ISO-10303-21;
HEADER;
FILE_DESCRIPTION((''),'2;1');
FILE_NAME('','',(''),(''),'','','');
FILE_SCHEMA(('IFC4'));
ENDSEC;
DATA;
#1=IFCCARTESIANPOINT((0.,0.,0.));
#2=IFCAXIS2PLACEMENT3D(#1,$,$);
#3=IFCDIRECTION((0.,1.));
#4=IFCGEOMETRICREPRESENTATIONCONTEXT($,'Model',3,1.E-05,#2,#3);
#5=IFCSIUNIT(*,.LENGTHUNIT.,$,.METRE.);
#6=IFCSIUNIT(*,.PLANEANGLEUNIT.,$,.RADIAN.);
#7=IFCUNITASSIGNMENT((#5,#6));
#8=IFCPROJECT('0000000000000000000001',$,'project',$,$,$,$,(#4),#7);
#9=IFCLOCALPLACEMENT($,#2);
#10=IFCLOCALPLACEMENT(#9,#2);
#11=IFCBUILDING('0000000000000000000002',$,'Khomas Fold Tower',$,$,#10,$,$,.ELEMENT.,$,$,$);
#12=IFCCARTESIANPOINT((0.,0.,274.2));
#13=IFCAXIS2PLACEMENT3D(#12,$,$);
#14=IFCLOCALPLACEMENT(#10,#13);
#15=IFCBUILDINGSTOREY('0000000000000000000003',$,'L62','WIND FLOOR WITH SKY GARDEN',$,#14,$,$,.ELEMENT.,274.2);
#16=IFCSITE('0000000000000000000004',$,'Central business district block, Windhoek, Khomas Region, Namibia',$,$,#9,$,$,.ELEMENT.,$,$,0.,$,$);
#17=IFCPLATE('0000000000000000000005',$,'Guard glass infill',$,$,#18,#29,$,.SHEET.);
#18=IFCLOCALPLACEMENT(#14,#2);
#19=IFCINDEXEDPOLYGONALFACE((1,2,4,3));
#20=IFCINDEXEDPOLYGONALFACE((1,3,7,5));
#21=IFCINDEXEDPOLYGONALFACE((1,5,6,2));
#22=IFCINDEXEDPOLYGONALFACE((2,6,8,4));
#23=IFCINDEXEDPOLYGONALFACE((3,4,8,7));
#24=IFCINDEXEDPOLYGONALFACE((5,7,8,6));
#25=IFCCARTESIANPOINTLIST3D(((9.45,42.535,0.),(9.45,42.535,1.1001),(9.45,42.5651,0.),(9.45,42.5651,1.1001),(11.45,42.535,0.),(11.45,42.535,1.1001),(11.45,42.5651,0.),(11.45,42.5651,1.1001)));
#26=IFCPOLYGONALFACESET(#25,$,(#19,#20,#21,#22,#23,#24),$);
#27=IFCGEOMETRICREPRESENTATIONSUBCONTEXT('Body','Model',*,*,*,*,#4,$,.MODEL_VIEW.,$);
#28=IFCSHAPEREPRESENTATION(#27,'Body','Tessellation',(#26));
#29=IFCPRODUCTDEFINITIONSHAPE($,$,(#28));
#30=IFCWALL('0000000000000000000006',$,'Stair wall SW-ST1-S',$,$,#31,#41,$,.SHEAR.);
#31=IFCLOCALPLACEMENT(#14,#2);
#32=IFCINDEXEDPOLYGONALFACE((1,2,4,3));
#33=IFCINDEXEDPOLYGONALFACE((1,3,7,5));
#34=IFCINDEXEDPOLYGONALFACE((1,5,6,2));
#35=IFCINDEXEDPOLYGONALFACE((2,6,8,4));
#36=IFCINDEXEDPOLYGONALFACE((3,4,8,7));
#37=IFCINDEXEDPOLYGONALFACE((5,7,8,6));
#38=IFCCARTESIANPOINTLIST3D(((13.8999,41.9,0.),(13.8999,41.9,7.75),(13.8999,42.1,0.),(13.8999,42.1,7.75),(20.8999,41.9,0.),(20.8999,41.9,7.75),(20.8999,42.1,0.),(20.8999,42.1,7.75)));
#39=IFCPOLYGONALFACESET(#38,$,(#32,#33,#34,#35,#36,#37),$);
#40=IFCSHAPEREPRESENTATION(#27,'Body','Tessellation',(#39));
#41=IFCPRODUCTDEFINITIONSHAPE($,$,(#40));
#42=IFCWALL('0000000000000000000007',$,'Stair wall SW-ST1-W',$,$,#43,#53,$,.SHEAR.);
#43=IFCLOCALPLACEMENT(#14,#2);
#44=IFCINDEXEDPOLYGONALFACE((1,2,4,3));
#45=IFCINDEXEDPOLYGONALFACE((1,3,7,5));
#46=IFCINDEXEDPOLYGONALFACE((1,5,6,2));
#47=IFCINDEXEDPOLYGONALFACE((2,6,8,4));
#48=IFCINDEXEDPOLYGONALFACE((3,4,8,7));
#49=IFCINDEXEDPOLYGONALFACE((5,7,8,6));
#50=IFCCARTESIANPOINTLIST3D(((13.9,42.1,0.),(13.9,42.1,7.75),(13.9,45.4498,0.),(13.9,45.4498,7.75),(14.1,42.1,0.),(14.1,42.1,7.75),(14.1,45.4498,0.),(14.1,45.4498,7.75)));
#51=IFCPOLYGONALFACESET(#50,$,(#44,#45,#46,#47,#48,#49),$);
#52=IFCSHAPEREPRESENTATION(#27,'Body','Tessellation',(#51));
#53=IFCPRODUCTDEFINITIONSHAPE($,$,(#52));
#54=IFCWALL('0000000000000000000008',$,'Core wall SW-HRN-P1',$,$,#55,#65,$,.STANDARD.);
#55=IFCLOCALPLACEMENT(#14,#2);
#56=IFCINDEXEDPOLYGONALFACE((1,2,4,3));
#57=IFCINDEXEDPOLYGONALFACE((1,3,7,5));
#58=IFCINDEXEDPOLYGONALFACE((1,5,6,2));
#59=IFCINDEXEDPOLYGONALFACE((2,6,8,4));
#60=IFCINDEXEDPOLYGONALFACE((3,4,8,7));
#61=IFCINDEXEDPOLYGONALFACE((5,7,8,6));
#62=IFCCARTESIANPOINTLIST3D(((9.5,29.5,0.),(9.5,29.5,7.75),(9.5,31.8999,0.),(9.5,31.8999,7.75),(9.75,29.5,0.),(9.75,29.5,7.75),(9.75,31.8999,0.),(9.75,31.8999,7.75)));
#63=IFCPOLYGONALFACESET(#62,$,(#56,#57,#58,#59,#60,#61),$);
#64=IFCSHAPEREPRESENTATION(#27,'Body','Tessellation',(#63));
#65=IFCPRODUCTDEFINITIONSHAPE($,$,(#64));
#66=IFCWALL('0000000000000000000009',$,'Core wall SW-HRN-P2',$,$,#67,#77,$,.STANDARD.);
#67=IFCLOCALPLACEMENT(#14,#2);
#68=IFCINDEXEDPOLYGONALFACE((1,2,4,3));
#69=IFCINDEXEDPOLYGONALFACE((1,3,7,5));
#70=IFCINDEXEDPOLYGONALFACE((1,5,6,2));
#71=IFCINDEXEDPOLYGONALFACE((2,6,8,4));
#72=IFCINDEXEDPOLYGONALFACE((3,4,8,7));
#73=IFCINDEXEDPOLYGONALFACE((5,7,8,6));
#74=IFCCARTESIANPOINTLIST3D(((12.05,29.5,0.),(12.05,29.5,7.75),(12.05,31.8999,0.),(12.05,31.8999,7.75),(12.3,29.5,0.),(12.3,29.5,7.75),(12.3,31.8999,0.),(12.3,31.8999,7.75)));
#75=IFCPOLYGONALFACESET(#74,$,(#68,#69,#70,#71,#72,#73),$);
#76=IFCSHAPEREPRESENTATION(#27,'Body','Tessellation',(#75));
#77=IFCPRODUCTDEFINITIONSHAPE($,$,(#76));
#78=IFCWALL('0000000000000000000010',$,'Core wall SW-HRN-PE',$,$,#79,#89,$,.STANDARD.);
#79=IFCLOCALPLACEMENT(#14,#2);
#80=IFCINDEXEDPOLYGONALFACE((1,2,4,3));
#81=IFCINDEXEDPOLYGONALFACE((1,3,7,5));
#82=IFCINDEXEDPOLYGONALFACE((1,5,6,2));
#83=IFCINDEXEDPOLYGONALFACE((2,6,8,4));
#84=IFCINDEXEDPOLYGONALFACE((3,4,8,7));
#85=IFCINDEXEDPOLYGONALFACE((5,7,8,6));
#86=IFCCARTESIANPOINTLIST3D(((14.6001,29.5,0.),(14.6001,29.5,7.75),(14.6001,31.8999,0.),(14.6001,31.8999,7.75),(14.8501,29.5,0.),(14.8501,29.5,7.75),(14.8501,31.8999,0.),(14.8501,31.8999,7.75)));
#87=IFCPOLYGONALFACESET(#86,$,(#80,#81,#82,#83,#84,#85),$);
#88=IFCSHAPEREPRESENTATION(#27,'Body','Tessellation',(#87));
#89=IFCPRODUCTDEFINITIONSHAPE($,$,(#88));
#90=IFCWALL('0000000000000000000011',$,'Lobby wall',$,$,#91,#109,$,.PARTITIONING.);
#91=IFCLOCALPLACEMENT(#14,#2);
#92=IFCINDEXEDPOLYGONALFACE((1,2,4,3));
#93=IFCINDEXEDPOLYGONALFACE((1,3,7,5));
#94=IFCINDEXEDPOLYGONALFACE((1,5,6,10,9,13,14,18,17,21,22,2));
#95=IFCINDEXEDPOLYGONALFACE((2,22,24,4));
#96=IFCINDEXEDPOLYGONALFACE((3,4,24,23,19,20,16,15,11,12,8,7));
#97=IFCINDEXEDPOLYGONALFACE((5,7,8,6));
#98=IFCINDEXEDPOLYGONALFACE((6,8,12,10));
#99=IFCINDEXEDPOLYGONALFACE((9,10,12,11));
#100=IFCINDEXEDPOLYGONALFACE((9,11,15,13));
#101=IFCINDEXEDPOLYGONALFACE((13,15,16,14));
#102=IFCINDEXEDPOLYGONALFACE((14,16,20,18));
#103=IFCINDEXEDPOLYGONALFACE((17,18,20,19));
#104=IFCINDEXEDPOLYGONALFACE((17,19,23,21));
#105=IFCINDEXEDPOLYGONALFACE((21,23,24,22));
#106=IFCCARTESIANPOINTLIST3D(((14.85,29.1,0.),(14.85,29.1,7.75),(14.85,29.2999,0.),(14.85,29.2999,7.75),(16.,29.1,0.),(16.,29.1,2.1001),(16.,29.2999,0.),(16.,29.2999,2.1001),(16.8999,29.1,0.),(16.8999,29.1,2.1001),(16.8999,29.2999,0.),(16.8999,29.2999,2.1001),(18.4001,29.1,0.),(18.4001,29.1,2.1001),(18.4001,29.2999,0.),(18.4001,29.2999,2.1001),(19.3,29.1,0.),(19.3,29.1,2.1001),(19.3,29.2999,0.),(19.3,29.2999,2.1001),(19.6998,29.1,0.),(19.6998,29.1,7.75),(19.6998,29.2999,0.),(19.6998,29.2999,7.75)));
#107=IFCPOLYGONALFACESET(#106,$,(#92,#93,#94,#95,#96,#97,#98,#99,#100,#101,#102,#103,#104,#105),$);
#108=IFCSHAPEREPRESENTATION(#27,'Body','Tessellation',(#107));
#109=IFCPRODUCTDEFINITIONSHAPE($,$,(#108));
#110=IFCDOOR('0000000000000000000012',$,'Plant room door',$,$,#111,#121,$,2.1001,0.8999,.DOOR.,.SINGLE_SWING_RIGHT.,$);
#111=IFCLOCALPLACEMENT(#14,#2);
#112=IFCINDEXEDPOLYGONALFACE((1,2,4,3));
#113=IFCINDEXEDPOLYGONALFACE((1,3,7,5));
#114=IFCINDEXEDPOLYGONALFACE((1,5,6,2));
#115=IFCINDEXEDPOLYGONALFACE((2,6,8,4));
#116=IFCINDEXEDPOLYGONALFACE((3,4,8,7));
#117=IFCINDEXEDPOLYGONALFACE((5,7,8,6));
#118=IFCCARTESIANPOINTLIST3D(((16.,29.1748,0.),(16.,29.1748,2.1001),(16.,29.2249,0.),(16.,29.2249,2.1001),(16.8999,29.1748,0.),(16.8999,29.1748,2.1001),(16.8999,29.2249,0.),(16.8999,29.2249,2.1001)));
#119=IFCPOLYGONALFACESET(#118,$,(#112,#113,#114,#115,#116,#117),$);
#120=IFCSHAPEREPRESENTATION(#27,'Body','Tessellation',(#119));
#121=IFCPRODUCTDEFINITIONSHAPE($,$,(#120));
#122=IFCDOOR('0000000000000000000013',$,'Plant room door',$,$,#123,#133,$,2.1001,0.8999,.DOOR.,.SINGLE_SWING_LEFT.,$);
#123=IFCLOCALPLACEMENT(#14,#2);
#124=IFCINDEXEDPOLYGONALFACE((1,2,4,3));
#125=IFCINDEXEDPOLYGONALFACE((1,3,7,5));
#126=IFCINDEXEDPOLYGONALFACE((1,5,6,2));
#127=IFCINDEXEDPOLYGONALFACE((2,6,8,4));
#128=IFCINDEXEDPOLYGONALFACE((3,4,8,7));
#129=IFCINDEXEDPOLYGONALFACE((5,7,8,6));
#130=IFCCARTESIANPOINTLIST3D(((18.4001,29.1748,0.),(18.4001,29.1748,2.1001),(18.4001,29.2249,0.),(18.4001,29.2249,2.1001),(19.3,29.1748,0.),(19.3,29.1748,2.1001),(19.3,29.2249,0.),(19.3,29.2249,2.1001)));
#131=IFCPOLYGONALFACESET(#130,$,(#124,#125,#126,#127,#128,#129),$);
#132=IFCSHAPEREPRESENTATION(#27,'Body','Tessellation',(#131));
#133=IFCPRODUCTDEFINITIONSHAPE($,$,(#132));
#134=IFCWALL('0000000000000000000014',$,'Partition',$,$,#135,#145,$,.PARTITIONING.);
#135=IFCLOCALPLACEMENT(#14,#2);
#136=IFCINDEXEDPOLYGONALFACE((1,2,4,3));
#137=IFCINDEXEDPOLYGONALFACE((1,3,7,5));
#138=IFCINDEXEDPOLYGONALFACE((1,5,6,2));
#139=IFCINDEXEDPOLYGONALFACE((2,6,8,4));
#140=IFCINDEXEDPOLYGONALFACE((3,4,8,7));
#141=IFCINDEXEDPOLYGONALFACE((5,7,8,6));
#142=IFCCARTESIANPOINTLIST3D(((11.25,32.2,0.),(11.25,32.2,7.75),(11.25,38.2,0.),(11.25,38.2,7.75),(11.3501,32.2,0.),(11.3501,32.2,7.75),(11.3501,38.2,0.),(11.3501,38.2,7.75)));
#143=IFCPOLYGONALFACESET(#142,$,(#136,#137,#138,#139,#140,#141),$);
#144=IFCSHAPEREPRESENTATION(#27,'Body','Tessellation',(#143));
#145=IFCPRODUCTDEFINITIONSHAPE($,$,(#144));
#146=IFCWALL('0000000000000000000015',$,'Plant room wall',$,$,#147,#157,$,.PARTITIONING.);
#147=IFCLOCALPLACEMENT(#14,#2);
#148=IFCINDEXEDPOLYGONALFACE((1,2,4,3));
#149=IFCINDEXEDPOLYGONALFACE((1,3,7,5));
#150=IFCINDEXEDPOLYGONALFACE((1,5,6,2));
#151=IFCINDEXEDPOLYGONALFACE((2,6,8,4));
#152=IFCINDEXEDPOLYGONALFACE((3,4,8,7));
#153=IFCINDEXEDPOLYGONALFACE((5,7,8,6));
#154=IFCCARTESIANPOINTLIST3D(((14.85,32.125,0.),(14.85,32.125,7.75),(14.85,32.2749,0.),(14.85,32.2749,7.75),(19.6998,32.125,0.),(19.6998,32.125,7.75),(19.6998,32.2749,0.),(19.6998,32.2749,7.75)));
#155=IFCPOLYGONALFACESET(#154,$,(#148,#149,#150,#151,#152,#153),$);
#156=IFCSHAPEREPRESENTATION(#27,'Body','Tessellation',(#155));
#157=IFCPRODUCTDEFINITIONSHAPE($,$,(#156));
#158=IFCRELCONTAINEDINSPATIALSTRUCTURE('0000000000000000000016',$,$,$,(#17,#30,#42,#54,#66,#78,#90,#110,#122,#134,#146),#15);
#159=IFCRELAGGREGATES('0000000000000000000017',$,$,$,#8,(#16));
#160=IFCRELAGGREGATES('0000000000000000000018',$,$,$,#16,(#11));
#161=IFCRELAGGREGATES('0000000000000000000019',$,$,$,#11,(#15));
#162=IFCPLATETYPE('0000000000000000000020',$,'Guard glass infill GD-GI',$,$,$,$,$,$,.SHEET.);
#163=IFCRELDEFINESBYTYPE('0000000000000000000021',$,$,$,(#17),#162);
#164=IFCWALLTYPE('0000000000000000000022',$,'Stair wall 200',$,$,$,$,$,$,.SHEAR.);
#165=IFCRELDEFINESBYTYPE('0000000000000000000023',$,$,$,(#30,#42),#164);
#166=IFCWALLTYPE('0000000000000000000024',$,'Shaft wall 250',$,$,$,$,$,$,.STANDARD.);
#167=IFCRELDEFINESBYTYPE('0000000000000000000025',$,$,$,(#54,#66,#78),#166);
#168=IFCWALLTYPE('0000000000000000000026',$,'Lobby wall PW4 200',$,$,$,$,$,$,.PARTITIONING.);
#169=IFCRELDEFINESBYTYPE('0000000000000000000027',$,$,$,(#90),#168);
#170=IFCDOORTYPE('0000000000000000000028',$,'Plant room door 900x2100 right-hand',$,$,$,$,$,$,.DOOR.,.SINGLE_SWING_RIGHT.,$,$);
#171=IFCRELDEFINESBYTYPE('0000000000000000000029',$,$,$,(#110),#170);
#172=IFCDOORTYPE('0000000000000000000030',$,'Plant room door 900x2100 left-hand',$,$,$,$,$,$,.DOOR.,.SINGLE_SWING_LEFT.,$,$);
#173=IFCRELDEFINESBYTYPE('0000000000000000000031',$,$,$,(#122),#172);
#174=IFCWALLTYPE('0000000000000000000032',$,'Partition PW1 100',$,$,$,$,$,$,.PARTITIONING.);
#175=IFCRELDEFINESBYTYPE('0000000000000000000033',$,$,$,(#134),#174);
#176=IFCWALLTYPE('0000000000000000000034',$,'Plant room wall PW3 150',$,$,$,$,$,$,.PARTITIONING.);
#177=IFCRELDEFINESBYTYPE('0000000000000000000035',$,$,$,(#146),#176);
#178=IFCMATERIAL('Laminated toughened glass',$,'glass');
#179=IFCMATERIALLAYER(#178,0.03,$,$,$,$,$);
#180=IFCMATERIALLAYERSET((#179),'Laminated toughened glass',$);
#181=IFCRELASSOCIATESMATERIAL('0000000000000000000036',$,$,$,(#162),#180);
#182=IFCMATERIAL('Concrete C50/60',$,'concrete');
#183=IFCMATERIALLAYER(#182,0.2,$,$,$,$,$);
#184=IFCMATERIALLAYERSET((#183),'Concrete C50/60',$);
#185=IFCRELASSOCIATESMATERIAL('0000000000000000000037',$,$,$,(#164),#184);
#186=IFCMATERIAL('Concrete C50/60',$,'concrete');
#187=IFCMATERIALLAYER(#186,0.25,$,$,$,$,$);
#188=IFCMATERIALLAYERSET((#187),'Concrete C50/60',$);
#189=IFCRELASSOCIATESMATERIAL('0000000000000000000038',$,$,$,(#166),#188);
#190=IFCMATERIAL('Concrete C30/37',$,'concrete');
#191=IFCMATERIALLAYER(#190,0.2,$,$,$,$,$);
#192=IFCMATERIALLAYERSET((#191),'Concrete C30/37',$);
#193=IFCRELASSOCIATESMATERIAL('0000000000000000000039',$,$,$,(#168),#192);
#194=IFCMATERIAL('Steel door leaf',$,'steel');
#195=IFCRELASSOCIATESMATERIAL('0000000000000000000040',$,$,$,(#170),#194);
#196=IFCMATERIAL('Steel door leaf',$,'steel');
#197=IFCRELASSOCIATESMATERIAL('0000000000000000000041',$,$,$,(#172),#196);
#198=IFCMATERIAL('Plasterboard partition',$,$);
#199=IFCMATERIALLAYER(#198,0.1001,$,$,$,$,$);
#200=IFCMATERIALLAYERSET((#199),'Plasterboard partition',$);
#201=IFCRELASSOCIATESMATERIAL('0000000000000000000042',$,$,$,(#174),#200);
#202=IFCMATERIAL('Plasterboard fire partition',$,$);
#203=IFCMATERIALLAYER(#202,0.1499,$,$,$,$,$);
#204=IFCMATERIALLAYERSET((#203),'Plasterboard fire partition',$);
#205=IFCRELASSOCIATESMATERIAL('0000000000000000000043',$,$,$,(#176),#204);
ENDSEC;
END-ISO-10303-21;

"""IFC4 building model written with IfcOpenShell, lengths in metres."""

from ifc_helpers import new_model, si_unit, direction, frame, frame_2d, origin, origin_2d, place, context, subcontext, project, spatial, rectangle, extrude, source, transform, mapped, material, layer, layer_set, type_object, element, fill, save


model = new_model("IFC4")

# Units and contexts
model_context = context("Model", 3, precision=1e-05, world=origin(), true_north=direction((0.0, 1.0)))
body_context = subcontext(model_context, "Body", "Model", "MODEL_VIEW")
ifc_project = project(units=[si_unit("LENGTHUNIT", "METRE"), si_unit("PLANEANGLEUNIT", "RADIAN")], contexts=[model_context])

# Site, building, storey
site_placement = place(None, origin())
site = spatial("IfcSite", under=ifc_project, at=site_placement, Name="Central business district block, Windhoek, Khomas Region, Namibia", CompositionType="ELEMENT", RefElevation=0.0)
building_placement = place(site_placement, origin())
building = spatial("IfcBuilding", under=site, at=building_placement, Name="Khomas Fold Tower", CompositionType="ELEMENT")
storey_placement = place(building_placement, frame((0.0, 0.0, 274.2)))
storey = spatial("IfcBuildingStorey", under=building, at=storey_placement, Name="L62", Description="WIND FLOOR WITH SKY GARDEN", CompositionType="ELEMENT", Elevation=274.2)

# Plate
ifc_material_1 = material(Name="Laminated toughened glass", Category="glass")
ifc_layer_1 = layer(ifc_material_1, 0.03)
ifc_layer_set_1 = layer_set([ifc_layer_1], Name="Laminated toughened glass")
plate_type = type_object("IfcPlateType", Name="Guard glass infill GD-GI", PredefinedType="SHEET", material=ifc_layer_set_1)
shared_shape_1 = source(origin(), body_context, "Body", "SweptSolid", [
    extrude(rectangle(XDim=2.0, YDim=0.03, at=origin_2d()), origin(), (0.0, 0.0, 1.0), 1.1001),
])
plate_1_placement = place(storey_placement, frame((10.45, 42.55, 0.0), z_axis=(0.0, 0.0, 1.0), x_axis=(1.0, 0.0, 0.0)))
element("IfcPlate", 1, at=plate_1_placement, inside=storey, type_object=plate_type, Name="Guard glass infill", PredefinedType="SHEET", context=body_context, shape_type="MappedRepresentation", body=[
    mapped(shared_shape_1, transform((0.0, 0.0, 0.0))),
])

# Walls
ifc_material_2 = material(Name="Concrete C50/60", Category="concrete")
ifc_layer_2 = layer(ifc_material_2, 0.2)
ifc_layer_set_2 = layer_set([ifc_layer_2], Name="Concrete C50/60")
wall_type_1 = type_object("IfcWallType", Name="Stair wall 200", PredefinedType="SHEAR", material=ifc_layer_set_2)
shared_shape_2 = source(origin(), body_context, "Body", "SweptSolid", [
    extrude(rectangle(XDim=7.0, YDim=0.2, at=frame_2d((3.5, 0.0))), origin(), (0.0, 0.0, 1.0), 7.75),
])
wall_1_placement = place(storey_placement, frame((13.8999, 42.0, 0.0), z_axis=(0.0, 0.0, 1.0), x_axis=(1.0, 0.0, 0.0)))
element("IfcWall", 2, at=wall_1_placement, inside=storey, type_object=wall_type_1, Name="Stair wall SW-ST1-S", PredefinedType="SHEAR", context=body_context, shape_type="MappedRepresentation", body=[
    mapped(shared_shape_2, transform((0.0, 0.0, 0.0))),
])
shared_shape_3 = source(origin(), body_context, "Body", "SweptSolid", [
    extrude(rectangle(XDim=3.3499, YDim=0.2, at=frame_2d((1.6748, 0.0))), origin(), (0.0, 0.0, 1.0), 7.75),
])
wall_2_placement = place(storey_placement, frame((14.0, 42.1001, 0.0), z_axis=(0.0, 0.0, 1.0), x_axis=(0.0, 1.0, 0.0)))
element("IfcWall", 3, at=wall_2_placement, inside=storey, type_object=wall_type_1, Name="Stair wall SW-ST1-W", PredefinedType="SHEAR", context=body_context, shape_type="MappedRepresentation", body=[
    mapped(shared_shape_3, transform((0.0, 0.0, 0.0))),
])
ifc_material_3 = material(Name="Concrete C50/60", Category="concrete")
ifc_layer_3 = layer(ifc_material_3, 0.25)
ifc_layer_set_3 = layer_set([ifc_layer_3], Name="Concrete C50/60")
wall_type_2 = type_object("IfcWallType", Name="Shaft wall 250", PredefinedType="STANDARD", material=ifc_layer_set_3)
shared_shape_4 = source(origin(), body_context, "Body", "SweptSolid", [
    extrude(rectangle(XDim=2.3999, YDim=0.25, at=frame_2d((1.2, 0.0))), origin(), (0.0, 0.0, 1.0), 7.75),
])
for number, where, z_axis, x_axis, name in (
    (4, (9.625, 29.5, 0.0), (0.0, 0.0, 1.0), (0.0, 1.0, 0.0), "Core wall SW-HRN-P1"),
    (5, (12.175, 29.5, 0.0), (0.0, 0.0, 1.0), (0.0, 1.0, 0.0), "Core wall SW-HRN-P2"),
    (6, (14.7251, 29.5, 0.0), (0.0, 0.0, 1.0), (0.0, 1.0, 0.0), "Core wall SW-HRN-PE"),
):
    element("IfcWall", number, at=place(storey_placement, frame(where, z_axis=z_axis, x_axis=x_axis)), inside=storey, type_object=wall_type_2, Name=name, PredefinedType="STANDARD", context=body_context, shape_type="MappedRepresentation", body=[
        mapped(shared_shape_4, transform((0.0, 0.0, 0.0))),
    ])

# Wall, openings, doors
ifc_material_4 = material(Name="Concrete C30/37", Category="concrete")
ifc_layer_4 = layer(ifc_material_4, 0.2)
ifc_layer_set_4 = layer_set([ifc_layer_4], Name="Concrete C30/37")
wall_type_3 = type_object("IfcWallType", Name="Lobby wall PW4 200", PredefinedType="PARTITIONING", material=ifc_layer_set_4)
shared_shape_5 = source(origin(), body_context, "Body", "SweptSolid", [
    extrude(rectangle(XDim=4.8499, YDim=0.2, at=frame_2d((2.4248, 0.0))), origin(), (0.0, 0.0, 1.0), 7.75),
])
wall_3_placement = place(storey_placement, frame((14.8501, 29.2, 0.0), z_axis=(0.0, 0.0, 1.0), x_axis=(1.0, 0.0, 0.0)))
wall_3 = element("IfcWall", 7, at=wall_3_placement, inside=storey, type_object=wall_type_3, Name="Lobby wall", PredefinedType="PARTITIONING", context=body_context, shape_type="MappedRepresentation", body=[
    mapped(shared_shape_5, transform((0.0, 0.0, 0.0))),
])
shared_shape_6 = source(origin(), body_context, "Body", "SweptSolid", [
    extrude(rectangle(XDim=0.8999, YDim=2.1001, at=frame_2d((0.45, 1.05))), frame((0.0, 0.1099, 0.0), z_axis=(0.0, -1.0, 0.0), x_axis=(1.0, 0.0, 0.0)), (0.0, 0.0, 1.0), 0.22),
])
opening_1_placement = place(wall_3_placement, frame((1.1499, 0.0, 0.0)))
opening_1 = element("IfcOpeningElement", 8, at=opening_1_placement, cuts=wall_3, PredefinedType="OPENING", context=body_context, shape_type="MappedRepresentation", body=[
    mapped(shared_shape_6, transform((0.0, 0.0, 0.0))),
])
opening_2_placement = place(wall_3_placement, frame((3.55, 0.0, 0.0)))
opening_2 = element("IfcOpeningElement", 9, at=opening_2_placement, cuts=wall_3, PredefinedType="OPENING", context=body_context, shape_type="MappedRepresentation", body=[
    mapped(shared_shape_6, transform((0.0, 0.0, 0.0))),
])
ifc_material_5 = material(Name="Steel door leaf", Category="steel")
door_type_1 = type_object("IfcDoorType", Name="Plant room door 900x2100 right-hand", OperationType="SINGLE_SWING_RIGHT", PredefinedType="DOOR", material=ifc_material_5)
shared_shape_7 = source(origin(), body_context, "Body", "SweptSolid", [
    extrude(rectangle(XDim=0.8999, YDim=2.1001, at=frame_2d((0.45, 1.05))), frame((0.0, 0.0249, 0.0), z_axis=(0.0, -1.0, 0.0), x_axis=(1.0, 0.0, 0.0)), (0.0, 0.0, 1.0), 0.05),
])
door_1_placement = place(opening_1_placement, origin())
door_1 = element("IfcDoor", 10, at=door_1_placement, inside=storey, type_object=door_type_1, Name="Plant room door", OperationType="SINGLE_SWING_RIGHT", OverallHeight=2.1001, OverallWidth=0.8999, PredefinedType="DOOR", context=body_context, shape_type="MappedRepresentation", body=[
    mapped(shared_shape_7, transform((0.0, 0.0, 0.0))),
])
fill(opening_1, door_1)
ifc_material_6 = material(Name="Steel door leaf", Category="steel")
door_type_2 = type_object("IfcDoorType", Name="Plant room door 900x2100 left-hand", OperationType="SINGLE_SWING_LEFT", PredefinedType="DOOR", material=ifc_material_6)
door_2_placement = place(opening_2_placement, origin())
door_2 = element("IfcDoor", 11, at=door_2_placement, inside=storey, type_object=door_type_2, Name="Plant room door", OperationType="SINGLE_SWING_LEFT", OverallHeight=2.1001, OverallWidth=0.8999, PredefinedType="DOOR", context=body_context, shape_type="MappedRepresentation", body=[
    mapped(shared_shape_7, transform((0.0, 0.0, 0.0))),
])
fill(opening_2, door_2)

# Walls
ifc_material_7 = material(Name="Plasterboard partition")
ifc_layer_5 = layer(ifc_material_7, 0.1001)
ifc_layer_set_5 = layer_set([ifc_layer_5], Name="Plasterboard partition")
wall_type_4 = type_object("IfcWallType", Name="Partition PW1 100", PredefinedType="PARTITIONING", material=ifc_layer_set_5)
shared_shape_8 = source(origin(), body_context, "Body", "SweptSolid", [
    extrude(rectangle(XDim=6.0, YDim=0.1001, at=frame_2d((3.0, 0.0))), origin(), (0.0, 0.0, 1.0), 7.75),
])
wall_4_placement = place(storey_placement, frame((11.3, 32.2, 0.0), z_axis=(0.0, 0.0, 1.0), x_axis=(0.0, 1.0, 0.0)))
element("IfcWall", 12, at=wall_4_placement, inside=storey, type_object=wall_type_4, Name="Partition", PredefinedType="PARTITIONING", context=body_context, shape_type="MappedRepresentation", body=[
    mapped(shared_shape_8, transform((0.0, 0.0, 0.0))),
])
ifc_material_8 = material(Name="Plasterboard fire partition")
ifc_layer_6 = layer(ifc_material_8, 0.1499)
ifc_layer_set_6 = layer_set([ifc_layer_6], Name="Plasterboard fire partition")
wall_type_5 = type_object("IfcWallType", Name="Plant room wall PW3 150", PredefinedType="PARTITIONING", material=ifc_layer_set_6)
shared_shape_9 = source(origin(), body_context, "Body", "SweptSolid", [
    extrude(rectangle(XDim=4.8499, YDim=0.1499, at=frame_2d((2.4248, 0.0))), origin(), (0.0, 0.0, 1.0), 7.75),
])
wall_5_placement = place(storey_placement, frame((14.8501, 32.2, 0.0), z_axis=(0.0, 0.0, 1.0), x_axis=(1.0, 0.0, 0.0)))
element("IfcWall", 13, at=wall_5_placement, inside=storey, type_object=wall_type_5, Name="Plant room wall", PredefinedType="PARTITIONING", context=body_context, shape_type="MappedRepresentation", body=[
    mapped(shared_shape_9, transform((0.0, 0.0, 0.0))),
])

save(model, "model.ifc")
